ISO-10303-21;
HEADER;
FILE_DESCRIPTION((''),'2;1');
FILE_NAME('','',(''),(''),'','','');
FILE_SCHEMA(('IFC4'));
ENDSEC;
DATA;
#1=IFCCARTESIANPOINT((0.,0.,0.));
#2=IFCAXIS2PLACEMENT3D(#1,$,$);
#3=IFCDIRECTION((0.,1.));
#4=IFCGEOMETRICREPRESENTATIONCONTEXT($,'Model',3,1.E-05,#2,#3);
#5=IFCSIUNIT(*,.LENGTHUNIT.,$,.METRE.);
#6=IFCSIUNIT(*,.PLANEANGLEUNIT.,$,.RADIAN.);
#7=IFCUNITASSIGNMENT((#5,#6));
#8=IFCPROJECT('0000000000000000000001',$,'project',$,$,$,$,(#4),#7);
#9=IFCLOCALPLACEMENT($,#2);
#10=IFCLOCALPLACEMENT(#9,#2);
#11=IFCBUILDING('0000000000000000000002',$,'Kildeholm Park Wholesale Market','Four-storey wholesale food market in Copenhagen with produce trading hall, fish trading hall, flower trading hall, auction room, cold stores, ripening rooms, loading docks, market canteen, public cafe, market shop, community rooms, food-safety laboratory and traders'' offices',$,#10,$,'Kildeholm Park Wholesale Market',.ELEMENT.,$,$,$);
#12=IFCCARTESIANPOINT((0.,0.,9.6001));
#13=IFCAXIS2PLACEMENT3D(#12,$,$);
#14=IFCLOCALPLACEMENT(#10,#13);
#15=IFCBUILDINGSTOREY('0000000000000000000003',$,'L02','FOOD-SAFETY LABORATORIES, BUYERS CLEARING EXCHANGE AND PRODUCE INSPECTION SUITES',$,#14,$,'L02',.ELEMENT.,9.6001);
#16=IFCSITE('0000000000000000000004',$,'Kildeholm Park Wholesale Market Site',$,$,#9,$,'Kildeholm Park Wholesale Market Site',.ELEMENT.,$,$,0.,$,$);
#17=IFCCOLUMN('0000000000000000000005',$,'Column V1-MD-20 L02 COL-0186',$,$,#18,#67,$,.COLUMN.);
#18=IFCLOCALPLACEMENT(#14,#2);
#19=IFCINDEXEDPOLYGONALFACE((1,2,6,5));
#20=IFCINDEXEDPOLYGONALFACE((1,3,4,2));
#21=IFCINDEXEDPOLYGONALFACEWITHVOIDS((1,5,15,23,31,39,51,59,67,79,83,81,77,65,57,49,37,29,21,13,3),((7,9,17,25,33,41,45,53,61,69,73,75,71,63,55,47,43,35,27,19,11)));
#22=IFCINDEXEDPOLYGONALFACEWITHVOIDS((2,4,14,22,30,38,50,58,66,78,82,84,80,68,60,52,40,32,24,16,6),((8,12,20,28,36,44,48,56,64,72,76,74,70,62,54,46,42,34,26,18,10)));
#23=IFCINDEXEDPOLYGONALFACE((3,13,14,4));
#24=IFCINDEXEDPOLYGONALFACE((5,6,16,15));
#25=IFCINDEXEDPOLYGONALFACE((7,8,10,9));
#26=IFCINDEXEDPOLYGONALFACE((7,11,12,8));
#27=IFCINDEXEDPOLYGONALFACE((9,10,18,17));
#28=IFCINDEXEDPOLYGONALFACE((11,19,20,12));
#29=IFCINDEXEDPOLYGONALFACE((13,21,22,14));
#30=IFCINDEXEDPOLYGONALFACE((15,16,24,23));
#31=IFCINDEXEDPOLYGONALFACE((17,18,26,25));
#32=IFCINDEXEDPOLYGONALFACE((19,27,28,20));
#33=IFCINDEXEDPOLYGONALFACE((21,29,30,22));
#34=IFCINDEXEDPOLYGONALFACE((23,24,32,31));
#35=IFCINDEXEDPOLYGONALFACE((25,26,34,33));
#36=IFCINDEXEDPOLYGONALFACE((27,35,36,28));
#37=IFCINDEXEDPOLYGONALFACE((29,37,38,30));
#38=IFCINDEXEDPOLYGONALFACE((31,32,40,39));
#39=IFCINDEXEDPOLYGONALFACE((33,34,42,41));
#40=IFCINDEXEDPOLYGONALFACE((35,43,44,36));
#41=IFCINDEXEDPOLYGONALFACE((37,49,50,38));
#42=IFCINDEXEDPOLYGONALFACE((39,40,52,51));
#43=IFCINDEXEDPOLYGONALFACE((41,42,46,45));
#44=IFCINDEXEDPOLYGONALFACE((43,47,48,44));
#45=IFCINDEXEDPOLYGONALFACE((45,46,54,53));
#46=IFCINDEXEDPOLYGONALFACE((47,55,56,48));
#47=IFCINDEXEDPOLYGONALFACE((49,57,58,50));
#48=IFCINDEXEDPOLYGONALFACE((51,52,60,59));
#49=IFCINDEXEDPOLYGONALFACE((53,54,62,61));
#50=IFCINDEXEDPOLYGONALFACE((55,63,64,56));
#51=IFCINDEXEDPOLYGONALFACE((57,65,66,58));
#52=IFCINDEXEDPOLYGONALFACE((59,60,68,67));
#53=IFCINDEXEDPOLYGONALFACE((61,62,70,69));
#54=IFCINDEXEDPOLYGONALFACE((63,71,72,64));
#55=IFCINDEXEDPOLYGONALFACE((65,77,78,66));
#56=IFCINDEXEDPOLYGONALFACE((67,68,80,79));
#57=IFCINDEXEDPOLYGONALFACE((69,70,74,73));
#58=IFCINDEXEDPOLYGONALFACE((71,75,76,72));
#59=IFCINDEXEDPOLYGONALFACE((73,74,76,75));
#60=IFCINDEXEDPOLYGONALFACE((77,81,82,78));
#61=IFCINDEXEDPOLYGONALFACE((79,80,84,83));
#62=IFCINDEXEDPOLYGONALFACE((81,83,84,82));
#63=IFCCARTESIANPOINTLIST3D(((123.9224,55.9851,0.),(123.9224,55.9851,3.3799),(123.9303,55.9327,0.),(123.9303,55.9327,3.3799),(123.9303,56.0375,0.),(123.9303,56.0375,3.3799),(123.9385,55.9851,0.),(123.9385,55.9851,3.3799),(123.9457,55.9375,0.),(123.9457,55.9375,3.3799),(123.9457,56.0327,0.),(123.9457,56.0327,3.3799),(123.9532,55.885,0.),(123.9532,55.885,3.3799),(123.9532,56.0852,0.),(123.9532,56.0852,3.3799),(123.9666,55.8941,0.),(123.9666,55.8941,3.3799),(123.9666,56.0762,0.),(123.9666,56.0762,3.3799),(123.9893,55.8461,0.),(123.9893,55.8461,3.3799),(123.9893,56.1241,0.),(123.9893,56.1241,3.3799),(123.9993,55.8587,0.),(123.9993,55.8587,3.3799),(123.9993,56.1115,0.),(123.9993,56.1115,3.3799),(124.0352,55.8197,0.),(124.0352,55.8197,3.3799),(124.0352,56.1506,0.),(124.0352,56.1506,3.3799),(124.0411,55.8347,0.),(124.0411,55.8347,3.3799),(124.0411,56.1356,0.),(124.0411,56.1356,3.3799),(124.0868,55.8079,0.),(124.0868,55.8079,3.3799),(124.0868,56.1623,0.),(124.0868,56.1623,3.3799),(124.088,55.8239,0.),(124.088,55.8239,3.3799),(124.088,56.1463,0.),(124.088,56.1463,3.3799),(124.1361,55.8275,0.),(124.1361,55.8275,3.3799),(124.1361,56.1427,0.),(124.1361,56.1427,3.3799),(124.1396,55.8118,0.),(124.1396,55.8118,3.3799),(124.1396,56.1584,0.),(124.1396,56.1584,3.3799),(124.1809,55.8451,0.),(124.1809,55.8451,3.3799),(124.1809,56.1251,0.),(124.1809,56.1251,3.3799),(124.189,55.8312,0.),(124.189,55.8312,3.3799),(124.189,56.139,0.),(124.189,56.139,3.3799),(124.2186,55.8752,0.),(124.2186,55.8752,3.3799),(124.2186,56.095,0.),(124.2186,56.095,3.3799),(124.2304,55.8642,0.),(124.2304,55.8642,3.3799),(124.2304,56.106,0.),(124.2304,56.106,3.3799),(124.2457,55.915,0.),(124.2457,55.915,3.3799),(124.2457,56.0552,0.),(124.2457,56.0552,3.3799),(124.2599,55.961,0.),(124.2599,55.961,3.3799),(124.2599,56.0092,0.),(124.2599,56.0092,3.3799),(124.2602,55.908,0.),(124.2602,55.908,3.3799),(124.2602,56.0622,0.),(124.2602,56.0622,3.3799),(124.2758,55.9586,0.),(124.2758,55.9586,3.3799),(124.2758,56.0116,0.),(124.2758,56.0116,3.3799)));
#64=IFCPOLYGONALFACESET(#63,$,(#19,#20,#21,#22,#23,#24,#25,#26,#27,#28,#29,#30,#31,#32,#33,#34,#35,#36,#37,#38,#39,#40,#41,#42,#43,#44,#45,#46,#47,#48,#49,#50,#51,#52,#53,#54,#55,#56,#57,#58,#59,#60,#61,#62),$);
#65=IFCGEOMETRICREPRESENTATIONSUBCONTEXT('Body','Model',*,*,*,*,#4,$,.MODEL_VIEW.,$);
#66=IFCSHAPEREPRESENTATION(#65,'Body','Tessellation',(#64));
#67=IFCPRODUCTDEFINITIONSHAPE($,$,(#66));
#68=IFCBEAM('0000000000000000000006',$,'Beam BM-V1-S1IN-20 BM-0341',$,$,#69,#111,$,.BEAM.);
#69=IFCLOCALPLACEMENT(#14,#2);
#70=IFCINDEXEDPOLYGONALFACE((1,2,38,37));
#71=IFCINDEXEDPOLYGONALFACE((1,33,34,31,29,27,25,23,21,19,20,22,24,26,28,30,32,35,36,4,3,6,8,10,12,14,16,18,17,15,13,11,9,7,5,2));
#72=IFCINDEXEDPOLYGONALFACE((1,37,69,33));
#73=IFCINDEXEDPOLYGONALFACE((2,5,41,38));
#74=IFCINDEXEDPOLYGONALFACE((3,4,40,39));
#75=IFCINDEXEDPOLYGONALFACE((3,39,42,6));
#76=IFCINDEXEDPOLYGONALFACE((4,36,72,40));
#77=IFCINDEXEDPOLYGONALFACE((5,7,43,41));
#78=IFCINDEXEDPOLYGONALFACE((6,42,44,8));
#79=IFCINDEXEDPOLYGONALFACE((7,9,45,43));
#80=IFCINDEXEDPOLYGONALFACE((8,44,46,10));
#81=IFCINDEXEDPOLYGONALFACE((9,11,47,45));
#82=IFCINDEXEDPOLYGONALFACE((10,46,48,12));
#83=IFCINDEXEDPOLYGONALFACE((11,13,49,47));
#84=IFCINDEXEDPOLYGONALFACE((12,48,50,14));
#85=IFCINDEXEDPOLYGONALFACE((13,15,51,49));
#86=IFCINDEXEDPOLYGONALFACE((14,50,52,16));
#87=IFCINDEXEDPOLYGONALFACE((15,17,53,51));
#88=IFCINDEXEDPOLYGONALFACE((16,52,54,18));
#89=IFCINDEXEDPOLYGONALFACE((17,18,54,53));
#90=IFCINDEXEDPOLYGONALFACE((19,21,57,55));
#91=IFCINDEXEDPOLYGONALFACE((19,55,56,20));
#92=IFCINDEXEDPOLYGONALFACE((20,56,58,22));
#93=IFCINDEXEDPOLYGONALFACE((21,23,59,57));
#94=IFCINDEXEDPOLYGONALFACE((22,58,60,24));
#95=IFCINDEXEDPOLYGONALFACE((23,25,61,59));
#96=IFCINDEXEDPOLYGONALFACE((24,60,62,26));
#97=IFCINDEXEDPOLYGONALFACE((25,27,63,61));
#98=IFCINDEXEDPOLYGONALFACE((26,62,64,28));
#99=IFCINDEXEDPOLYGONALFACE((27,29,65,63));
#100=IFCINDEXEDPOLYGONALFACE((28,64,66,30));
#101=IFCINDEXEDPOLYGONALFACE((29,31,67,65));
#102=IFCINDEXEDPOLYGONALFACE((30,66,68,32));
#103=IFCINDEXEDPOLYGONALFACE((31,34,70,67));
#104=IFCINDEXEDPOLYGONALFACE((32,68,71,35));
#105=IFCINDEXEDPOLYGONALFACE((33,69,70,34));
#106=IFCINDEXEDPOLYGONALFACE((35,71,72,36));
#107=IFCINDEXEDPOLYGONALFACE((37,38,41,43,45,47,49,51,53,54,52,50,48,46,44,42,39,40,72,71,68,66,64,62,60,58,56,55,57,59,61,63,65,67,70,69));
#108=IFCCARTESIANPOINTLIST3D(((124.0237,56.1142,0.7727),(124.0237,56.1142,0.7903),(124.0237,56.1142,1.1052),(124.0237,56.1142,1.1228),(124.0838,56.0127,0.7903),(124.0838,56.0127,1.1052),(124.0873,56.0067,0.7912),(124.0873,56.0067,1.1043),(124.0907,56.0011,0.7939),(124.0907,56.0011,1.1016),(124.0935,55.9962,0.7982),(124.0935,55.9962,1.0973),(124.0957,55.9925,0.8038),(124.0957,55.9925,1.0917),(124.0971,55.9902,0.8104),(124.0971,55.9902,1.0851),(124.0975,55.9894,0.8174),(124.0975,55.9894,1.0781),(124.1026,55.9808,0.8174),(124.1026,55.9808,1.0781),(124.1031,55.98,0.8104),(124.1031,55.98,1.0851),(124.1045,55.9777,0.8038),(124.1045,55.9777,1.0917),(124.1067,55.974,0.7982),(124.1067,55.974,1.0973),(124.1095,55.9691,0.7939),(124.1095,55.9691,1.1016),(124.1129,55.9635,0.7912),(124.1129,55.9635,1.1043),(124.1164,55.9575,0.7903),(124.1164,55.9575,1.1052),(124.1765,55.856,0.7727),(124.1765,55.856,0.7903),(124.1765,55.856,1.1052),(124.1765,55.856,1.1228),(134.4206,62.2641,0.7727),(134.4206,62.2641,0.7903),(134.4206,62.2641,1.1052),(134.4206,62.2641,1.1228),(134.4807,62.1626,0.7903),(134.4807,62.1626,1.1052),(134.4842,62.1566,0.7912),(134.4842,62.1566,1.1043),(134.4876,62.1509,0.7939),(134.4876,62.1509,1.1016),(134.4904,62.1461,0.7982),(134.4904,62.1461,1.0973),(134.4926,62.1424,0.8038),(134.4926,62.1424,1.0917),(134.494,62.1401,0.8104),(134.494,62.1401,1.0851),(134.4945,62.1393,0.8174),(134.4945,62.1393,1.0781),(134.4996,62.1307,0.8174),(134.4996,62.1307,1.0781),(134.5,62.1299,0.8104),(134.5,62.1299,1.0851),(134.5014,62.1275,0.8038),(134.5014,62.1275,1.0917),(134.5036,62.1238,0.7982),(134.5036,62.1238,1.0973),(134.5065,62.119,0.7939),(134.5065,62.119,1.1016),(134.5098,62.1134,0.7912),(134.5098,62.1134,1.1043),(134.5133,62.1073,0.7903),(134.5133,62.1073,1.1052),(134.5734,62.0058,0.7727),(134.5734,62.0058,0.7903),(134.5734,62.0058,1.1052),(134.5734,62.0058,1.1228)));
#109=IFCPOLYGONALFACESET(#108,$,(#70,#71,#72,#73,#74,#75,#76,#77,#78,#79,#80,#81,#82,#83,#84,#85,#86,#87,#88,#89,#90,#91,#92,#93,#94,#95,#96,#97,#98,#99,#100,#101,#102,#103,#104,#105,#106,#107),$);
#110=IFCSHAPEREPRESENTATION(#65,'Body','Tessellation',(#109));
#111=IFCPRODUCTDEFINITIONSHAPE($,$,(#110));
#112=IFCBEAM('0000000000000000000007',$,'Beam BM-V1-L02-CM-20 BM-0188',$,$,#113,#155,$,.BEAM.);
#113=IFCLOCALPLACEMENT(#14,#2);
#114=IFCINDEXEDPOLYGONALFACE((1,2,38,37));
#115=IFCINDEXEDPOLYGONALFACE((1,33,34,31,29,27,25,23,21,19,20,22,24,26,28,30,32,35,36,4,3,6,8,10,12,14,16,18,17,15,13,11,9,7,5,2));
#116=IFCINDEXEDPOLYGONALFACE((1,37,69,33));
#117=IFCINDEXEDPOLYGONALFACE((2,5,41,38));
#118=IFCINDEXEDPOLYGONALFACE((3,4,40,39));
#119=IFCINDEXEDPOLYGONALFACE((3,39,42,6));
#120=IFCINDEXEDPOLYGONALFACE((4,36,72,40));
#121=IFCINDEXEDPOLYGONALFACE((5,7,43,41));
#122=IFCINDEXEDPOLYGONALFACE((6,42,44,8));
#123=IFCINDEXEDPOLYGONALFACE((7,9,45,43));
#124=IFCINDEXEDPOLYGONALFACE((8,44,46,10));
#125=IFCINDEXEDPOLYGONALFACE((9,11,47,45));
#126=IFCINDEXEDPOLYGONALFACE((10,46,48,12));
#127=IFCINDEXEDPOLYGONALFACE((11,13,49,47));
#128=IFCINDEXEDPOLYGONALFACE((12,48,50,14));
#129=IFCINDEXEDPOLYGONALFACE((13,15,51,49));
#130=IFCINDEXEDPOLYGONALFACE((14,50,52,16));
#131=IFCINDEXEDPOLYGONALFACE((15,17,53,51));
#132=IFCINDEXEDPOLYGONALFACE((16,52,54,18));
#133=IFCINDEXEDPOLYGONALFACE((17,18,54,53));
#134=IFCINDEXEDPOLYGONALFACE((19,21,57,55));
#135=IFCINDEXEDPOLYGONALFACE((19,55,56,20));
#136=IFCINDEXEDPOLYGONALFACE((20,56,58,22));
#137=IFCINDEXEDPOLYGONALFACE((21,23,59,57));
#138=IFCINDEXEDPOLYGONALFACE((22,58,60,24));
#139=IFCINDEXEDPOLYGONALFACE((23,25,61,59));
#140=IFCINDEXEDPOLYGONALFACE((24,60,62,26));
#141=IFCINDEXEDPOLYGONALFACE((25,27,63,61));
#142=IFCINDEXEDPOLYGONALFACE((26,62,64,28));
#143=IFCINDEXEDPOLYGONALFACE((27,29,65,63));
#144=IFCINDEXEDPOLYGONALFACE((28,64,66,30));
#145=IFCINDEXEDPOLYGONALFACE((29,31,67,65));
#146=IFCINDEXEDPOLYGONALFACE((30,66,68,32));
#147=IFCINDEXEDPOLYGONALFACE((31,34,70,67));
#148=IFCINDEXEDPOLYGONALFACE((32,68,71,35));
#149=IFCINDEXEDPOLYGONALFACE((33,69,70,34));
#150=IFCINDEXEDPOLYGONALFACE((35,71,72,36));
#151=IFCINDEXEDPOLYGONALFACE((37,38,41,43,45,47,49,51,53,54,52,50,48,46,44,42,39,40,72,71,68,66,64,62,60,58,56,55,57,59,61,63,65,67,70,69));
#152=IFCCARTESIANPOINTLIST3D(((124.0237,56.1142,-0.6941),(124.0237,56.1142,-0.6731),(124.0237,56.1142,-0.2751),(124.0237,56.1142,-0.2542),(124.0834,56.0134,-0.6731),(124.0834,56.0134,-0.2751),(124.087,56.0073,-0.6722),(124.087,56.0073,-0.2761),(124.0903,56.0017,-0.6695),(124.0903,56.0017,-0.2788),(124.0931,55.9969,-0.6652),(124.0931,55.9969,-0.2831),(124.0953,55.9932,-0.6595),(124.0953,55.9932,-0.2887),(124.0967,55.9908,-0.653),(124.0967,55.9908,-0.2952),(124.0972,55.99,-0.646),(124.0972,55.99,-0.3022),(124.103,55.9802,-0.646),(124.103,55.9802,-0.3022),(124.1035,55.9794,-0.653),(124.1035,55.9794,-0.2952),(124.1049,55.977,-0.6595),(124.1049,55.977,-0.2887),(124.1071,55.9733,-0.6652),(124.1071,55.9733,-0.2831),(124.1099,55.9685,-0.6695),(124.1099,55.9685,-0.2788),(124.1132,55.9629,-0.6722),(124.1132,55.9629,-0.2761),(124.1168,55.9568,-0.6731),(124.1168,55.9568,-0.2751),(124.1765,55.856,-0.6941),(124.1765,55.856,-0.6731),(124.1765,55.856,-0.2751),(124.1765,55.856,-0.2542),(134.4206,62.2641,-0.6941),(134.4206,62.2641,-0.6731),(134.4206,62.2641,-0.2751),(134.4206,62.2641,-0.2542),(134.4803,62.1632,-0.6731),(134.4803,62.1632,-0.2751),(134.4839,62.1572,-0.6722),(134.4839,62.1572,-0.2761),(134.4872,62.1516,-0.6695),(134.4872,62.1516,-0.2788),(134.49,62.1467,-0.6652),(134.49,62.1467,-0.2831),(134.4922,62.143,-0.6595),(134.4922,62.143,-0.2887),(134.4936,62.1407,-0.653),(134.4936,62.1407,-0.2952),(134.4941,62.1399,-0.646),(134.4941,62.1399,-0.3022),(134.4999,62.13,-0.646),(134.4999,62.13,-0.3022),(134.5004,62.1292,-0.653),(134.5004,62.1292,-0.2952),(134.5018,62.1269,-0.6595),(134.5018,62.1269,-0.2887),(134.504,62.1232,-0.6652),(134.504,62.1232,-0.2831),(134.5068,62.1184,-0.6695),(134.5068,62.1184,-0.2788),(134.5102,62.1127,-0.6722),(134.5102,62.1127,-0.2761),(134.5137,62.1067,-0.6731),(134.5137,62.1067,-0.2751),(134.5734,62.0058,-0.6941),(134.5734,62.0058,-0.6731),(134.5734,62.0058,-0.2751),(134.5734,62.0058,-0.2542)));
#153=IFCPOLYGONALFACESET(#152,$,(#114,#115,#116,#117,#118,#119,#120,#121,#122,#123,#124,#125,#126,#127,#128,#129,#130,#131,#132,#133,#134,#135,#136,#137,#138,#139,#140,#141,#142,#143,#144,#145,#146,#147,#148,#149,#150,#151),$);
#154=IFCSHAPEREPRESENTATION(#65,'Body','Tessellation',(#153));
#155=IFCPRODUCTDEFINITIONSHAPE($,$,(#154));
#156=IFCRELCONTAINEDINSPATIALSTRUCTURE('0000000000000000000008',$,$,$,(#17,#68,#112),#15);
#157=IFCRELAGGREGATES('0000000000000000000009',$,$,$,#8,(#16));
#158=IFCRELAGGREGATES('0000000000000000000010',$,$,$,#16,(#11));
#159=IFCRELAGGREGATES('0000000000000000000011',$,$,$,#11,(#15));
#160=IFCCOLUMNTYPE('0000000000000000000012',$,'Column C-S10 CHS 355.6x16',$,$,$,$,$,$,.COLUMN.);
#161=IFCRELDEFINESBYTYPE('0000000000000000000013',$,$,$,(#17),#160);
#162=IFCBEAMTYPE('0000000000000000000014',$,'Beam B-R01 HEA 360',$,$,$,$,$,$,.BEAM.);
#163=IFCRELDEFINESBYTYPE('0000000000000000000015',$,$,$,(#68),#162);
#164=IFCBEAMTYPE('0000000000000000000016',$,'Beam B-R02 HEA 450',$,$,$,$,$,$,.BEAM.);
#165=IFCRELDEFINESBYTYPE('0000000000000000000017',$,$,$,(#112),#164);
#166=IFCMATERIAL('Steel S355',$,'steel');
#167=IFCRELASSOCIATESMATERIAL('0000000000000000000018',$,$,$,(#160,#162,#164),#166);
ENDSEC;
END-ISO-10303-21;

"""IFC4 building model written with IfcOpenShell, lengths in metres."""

from ifc_helpers import new_model, si_unit, direction, frame, origin, origin_2d, place, context, subcontext, project, spatial, hollow_circle, i_section, extrude, material, material_profile, profile_set, type_object, element, save


model = new_model("IFC4")

# Units and contexts
model_context = context("Model", 3, precision=1e-05, world=origin(), true_north=direction((0.0, 1.0)))
body_context = subcontext(model_context, "Body", "Model", "MODEL_VIEW")
ifc_project = project(units=[si_unit("LENGTHUNIT", "METRE"), si_unit("PLANEANGLEUNIT", "RADIAN")], contexts=[model_context])

# Site, building, storey
site_placement = place(None, origin())
site = spatial("IfcSite", under=ifc_project, at=site_placement, Name="Kildeholm Park Wholesale Market Site", LongName="Kildeholm Park Wholesale Market Site", CompositionType="ELEMENT", RefElevation=0.0)
building_placement = place(site_placement, origin())
building = spatial("IfcBuilding", under=site, at=building_placement, Name="Kildeholm Park Wholesale Market", Description="Four-storey wholesale food market in Copenhagen with produce trading hall, fish trading hall, flower trading hall, auction room, cold stores, ripening rooms, loading docks, market canteen, public cafe, market shop, community rooms, food-safety laboratory and traders' offices", LongName="Kildeholm Park Wholesale Market", CompositionType="ELEMENT")
storey_placement = place(building_placement, frame((0.0, 0.0, 9.6001)))
storey = spatial("IfcBuildingStorey", under=building, at=storey_placement, Name="L02", Description="FOOD-SAFETY LABORATORIES, BUYERS CLEARING EXCHANGE AND PRODUCE INSPECTION SUITES", LongName="L02", CompositionType="ELEMENT", Elevation=9.6001)

# Column
ifc_material_1 = material(Name="Steel S355", Category="steel")
ifc_material_profile_1 = material_profile(ifc_material_1, hollow_circle(Radius=0.1777, WallThickness=0.0161, at=origin_2d()), Name="CHS 355.6x16")
ifc_profile_set_1 = profile_set([ifc_material_profile_1], Name="Steel S355")
column_type = type_object("IfcColumnType", Name="Column C-S10 CHS 355.6x16", PredefinedType="COLUMN", material=ifc_profile_set_1)
column_placement = place(storey_placement, frame((124.1001, 55.9851, 0.0), z_axis=(0.0, 0.0, 1.0), x_axis=(0.5, -0.866025, 0.0)))
element("IfcColumn", 1, at=column_placement, inside=storey, type_object=column_type, Name="Column V1-MD-20 L02 COL-0186", PredefinedType="COLUMN", context=body_context, shape_type="SweptSolid", body=[
    extrude(hollow_circle(Radius=0.1777, WallThickness=0.0161, at=origin_2d()), origin(), (0.0, 0.0, 1.0), 3.3799),
])

# Beams
ifc_material_profile_2 = material_profile(ifc_material_1, i_section(OverallWidth=0.3, OverallDepth=0.3501, WebThickness=0.01, FlangeThickness=0.0176, FilletRadius=0.0271, at=origin_2d()), Name="HEA 360")
ifc_profile_set_2 = profile_set([ifc_material_profile_2], Name="Steel S355")
beam_type_1 = type_object("IfcBeamType", Name="Beam B-R01 HEA 360", PredefinedType="BEAM", material=ifc_profile_set_2)
beam_1_placement = place(storey_placement, frame((124.1001, 55.9851, 0.9478), z_axis=(0.8607, 0.509112, 0.0), x_axis=(-0.509112, 0.8607, 0.0)))
element("IfcBeam", 2, at=beam_1_placement, inside=storey, type_object=beam_type_1, Name="Beam BM-V1-S1IN-20 BM-0341", PredefinedType="BEAM", context=body_context, shape_type="SweptSolid", body=[
    extrude(i_section(OverallWidth=0.3, OverallDepth=0.3501, WebThickness=0.01, FlangeThickness=0.0176, FilletRadius=0.0271, at=origin_2d()), origin(), (0.0, 0.0, 1.0), 12.0796),
])
ifc_material_profile_3 = material_profile(ifc_material_1, i_section(OverallWidth=0.3, OverallDepth=0.4399, WebThickness=0.0115, FlangeThickness=0.021, FilletRadius=0.0271, at=origin_2d()), Name="HEA 450")
ifc_profile_set_3 = profile_set([ifc_material_profile_3], Name="Steel S355")
beam_type_2 = type_object("IfcBeamType", Name="Beam B-R02 HEA 450", PredefinedType="BEAM", material=ifc_profile_set_3)
beam_2_placement = place(storey_placement, frame((124.1001, 55.9851, -0.4741), z_axis=(0.8607, 0.509112, 0.0), x_axis=(-0.509112, 0.8607, 0.0)))
element("IfcBeam", 3, at=beam_2_placement, inside=storey, type_object=beam_type_2, Name="Beam BM-V1-L02-CM-20 BM-0188", PredefinedType="BEAM", context=body_context, shape_type="SweptSolid", body=[
    extrude(i_section(OverallWidth=0.3, OverallDepth=0.4399, WebThickness=0.0115, FlangeThickness=0.021, FilletRadius=0.0271, at=origin_2d()), origin(), (0.0, 0.0, 1.0), 12.0796),
])

save(model, "model.ifc")
